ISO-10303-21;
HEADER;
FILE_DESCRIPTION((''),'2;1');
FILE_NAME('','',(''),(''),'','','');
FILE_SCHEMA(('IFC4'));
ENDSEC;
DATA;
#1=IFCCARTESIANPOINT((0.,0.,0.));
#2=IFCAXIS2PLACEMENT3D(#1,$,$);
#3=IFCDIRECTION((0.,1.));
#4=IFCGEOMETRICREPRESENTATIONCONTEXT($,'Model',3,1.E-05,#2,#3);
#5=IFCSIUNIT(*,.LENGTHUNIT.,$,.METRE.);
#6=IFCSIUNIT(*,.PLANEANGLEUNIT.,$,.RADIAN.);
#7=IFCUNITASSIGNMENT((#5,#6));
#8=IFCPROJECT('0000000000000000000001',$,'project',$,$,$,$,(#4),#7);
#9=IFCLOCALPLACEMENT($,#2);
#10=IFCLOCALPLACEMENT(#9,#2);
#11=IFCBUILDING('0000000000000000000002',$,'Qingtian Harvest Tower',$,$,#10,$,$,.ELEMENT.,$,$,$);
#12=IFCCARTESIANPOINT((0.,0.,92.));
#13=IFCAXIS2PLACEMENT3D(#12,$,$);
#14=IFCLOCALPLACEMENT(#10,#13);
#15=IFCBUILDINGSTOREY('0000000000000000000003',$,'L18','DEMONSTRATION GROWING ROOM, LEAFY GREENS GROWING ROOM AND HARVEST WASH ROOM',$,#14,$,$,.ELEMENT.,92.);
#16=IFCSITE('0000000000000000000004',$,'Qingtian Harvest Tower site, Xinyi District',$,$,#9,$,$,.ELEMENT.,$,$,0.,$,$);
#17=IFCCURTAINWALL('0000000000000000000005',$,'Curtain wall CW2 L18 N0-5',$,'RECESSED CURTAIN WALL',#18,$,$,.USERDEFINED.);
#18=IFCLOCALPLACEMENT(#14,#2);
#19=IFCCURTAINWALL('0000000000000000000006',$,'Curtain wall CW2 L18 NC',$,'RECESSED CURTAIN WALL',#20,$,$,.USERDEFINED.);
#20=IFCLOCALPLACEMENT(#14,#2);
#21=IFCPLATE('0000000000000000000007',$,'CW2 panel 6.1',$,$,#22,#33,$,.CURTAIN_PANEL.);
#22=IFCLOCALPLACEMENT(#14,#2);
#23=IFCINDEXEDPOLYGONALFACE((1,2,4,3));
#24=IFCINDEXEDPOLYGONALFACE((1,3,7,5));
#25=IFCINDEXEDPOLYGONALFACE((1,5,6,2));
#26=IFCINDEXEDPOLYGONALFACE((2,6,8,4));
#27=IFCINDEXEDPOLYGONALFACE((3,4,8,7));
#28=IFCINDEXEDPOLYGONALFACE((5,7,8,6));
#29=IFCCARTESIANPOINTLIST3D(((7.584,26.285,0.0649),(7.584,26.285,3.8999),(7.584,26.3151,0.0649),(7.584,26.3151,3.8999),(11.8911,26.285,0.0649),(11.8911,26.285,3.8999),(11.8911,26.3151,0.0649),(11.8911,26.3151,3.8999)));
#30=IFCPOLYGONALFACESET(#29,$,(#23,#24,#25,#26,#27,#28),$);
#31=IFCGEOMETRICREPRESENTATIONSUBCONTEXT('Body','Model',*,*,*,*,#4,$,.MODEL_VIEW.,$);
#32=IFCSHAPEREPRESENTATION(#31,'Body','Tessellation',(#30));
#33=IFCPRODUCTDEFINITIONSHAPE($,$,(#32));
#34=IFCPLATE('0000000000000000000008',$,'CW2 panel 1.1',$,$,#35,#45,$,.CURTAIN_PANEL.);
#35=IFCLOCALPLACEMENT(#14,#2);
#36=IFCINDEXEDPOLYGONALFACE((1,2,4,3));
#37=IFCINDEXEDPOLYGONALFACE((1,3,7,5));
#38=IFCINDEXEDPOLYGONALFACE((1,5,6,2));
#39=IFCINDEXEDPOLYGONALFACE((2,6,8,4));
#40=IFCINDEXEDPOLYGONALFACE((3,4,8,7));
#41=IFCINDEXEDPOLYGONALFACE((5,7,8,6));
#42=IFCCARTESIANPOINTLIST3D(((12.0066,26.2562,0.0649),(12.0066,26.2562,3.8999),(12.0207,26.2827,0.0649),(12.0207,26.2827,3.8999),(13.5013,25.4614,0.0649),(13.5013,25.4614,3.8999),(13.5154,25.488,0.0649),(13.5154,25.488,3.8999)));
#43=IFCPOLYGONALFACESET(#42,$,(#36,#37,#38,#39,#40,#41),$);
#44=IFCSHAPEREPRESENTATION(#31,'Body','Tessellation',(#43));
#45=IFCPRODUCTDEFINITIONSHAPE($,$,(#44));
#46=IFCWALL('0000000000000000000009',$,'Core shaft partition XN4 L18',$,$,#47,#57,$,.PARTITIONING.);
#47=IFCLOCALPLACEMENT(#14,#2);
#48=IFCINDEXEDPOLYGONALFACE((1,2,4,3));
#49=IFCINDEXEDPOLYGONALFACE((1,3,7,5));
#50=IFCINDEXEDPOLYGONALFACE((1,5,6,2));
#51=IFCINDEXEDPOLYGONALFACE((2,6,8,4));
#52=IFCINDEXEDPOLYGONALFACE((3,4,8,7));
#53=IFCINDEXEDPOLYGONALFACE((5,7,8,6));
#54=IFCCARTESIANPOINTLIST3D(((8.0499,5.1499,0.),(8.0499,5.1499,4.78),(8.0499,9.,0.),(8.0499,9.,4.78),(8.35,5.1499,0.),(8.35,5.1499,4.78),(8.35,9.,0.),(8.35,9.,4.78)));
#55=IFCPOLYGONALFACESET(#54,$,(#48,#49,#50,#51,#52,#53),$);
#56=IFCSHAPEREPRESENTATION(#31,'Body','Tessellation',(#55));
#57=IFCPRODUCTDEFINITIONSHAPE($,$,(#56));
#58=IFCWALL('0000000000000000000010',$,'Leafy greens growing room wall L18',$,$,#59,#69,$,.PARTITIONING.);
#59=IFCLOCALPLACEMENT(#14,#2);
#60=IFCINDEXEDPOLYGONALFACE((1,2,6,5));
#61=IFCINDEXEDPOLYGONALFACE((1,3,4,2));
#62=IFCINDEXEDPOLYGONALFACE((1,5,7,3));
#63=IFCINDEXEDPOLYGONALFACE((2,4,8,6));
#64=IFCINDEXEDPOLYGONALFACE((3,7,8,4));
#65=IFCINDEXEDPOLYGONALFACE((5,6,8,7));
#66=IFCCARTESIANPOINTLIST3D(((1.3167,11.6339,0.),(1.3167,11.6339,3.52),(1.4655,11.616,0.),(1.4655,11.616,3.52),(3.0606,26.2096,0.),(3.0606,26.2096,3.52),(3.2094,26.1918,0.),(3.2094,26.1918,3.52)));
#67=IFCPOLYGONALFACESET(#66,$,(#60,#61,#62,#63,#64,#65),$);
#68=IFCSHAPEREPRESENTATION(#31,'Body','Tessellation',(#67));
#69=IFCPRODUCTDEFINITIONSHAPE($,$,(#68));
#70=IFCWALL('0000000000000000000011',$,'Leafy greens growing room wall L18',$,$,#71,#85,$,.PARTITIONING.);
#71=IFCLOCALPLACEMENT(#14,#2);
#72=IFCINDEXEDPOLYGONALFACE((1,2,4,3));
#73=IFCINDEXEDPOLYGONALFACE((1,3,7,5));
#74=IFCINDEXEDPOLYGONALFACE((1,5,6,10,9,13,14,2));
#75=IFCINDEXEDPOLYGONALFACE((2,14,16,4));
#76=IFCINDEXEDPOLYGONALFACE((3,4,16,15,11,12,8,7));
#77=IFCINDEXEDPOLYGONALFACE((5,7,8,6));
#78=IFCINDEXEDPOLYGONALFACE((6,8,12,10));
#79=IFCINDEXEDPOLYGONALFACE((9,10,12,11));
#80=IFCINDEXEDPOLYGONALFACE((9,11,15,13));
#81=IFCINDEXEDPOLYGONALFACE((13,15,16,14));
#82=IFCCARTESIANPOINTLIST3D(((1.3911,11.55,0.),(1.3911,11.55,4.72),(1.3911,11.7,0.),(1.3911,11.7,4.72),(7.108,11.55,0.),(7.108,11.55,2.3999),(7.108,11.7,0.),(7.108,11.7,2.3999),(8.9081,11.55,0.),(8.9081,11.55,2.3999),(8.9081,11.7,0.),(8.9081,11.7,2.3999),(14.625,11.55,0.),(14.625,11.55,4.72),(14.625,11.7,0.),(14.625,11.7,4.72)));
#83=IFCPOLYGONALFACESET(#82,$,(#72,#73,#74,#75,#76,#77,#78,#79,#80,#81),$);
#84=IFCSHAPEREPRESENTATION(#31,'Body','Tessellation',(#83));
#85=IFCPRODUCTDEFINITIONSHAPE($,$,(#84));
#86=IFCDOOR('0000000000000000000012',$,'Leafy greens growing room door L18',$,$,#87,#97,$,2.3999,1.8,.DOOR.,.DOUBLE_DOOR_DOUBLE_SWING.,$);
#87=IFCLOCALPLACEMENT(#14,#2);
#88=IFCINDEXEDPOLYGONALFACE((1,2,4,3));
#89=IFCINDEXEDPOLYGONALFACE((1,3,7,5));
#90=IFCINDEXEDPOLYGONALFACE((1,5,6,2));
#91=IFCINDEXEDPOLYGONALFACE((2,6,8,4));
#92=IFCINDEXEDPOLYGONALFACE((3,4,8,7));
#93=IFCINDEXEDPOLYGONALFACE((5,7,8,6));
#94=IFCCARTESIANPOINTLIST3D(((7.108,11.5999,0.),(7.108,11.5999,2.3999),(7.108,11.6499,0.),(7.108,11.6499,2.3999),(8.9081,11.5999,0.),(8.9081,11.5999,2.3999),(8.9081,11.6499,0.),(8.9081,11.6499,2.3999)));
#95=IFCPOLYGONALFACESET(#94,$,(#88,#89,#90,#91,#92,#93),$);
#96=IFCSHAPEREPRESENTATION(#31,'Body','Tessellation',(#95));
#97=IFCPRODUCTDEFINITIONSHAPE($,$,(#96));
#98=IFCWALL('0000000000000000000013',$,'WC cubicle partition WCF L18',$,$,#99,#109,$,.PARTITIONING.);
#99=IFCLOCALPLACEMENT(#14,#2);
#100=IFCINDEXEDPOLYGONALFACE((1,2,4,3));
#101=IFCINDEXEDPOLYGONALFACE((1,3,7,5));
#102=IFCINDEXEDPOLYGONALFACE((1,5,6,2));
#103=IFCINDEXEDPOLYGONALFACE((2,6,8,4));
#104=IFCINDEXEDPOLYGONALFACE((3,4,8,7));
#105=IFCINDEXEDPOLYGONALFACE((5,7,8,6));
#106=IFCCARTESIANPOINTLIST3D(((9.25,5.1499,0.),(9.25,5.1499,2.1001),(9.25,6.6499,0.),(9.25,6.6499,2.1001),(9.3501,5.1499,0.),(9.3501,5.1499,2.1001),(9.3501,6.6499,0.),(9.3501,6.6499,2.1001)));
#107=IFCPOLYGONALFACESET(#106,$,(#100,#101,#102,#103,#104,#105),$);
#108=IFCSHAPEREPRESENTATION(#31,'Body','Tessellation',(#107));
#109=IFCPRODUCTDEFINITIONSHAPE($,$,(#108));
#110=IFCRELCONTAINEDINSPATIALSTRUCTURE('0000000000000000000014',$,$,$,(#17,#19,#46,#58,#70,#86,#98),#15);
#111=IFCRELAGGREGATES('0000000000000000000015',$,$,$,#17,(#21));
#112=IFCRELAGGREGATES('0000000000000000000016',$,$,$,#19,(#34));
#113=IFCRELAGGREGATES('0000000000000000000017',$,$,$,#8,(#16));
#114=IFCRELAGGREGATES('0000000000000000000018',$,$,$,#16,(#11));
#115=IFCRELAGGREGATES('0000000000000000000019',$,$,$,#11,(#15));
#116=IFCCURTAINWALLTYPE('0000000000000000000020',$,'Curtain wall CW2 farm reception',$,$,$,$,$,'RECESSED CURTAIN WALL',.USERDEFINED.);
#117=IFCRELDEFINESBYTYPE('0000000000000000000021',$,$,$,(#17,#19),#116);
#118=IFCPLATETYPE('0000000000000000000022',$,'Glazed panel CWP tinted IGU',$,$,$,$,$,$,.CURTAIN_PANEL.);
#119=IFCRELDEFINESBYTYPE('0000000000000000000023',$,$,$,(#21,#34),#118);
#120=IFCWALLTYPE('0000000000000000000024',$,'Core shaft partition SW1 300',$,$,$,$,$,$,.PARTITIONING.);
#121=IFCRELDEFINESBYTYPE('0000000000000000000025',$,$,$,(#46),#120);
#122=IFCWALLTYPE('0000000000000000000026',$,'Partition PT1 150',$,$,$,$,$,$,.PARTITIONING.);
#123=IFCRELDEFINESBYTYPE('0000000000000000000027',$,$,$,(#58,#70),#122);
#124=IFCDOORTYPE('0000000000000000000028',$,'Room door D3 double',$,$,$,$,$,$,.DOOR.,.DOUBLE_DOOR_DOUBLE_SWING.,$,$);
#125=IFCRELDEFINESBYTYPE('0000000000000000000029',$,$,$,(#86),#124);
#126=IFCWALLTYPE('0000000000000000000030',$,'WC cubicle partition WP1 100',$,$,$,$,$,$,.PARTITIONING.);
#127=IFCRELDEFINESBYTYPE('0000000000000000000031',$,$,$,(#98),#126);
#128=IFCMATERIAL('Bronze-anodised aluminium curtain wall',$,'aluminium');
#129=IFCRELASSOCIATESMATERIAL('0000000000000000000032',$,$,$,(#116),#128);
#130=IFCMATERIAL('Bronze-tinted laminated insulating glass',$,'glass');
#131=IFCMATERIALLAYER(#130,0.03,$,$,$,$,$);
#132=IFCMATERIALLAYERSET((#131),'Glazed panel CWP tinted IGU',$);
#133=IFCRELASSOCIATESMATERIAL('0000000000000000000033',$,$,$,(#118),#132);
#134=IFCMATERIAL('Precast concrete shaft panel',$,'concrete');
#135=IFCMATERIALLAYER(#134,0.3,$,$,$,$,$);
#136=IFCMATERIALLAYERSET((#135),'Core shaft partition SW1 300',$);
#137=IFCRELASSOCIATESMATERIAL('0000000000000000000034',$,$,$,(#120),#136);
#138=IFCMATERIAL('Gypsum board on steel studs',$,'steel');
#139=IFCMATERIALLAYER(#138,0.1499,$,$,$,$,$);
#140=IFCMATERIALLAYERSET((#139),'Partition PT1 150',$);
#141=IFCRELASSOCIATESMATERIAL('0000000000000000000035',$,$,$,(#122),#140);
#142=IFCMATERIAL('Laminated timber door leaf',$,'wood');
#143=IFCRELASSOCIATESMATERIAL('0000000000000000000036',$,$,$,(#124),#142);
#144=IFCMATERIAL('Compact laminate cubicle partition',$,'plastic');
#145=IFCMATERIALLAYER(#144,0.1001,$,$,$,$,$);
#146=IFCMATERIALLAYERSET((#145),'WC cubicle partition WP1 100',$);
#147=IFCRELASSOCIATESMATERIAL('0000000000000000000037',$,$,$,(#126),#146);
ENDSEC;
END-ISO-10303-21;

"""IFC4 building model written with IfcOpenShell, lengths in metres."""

from ifc_helpers import new_model, si_unit, direction, frame, frame_2d, origin, origin_2d, place, context, subcontext, project, spatial, rectangle, extrude, material, layer, layer_set, type_object, element, fill, aggregate, save


model = new_model("IFC4")

# Units and contexts
model_context = context("Model", 3, precision=1e-05, world=origin(), true_north=direction((0.0, 1.0)))
body_context = subcontext(model_context, "Body", "Model", "MODEL_VIEW")
ifc_project = project(units=[si_unit("LENGTHUNIT", "METRE"), si_unit("PLANEANGLEUNIT", "RADIAN")], contexts=[model_context])

# Site, building, storey
site_placement = place(None, origin())
site = spatial("IfcSite", under=ifc_project, at=site_placement, Name="Qingtian Harvest Tower site, Xinyi District", CompositionType="ELEMENT", RefElevation=0.0)
building_placement = place(site_placement, origin())
building = spatial("IfcBuilding", under=site, at=building_placement, Name="Qingtian Harvest Tower", CompositionType="ELEMENT")
storey_placement = place(building_placement, frame((0.0, 0.0, 92.0)))
storey = spatial("IfcBuildingStorey", under=building, at=storey_placement, Name="L18", Description="DEMONSTRATION GROWING ROOM, LEAFY GREENS GROWING ROOM AND HARVEST WASH ROOM", CompositionType="ELEMENT", Elevation=92.0)

# Curtain walls
ifc_material_1 = material(Name="Bronze-anodised aluminium curtain wall", Category="aluminium")
curtain_wall_type = type_object("IfcCurtainWallType", Name="Curtain wall CW2 farm reception", ElementType="RECESSED CURTAIN WALL", PredefinedType="USERDEFINED", material=ifc_material_1)
curtain_wall_1_placement = place(storey_placement, origin())
curtain_wall_1 = element("IfcCurtainWall", 1, at=curtain_wall_1_placement, inside=storey, type_object=curtain_wall_type, Name="Curtain wall CW2 L18 N0-5", ObjectType="RECESSED CURTAIN WALL", PredefinedType="USERDEFINED")
curtain_wall_2_placement = place(storey_placement, origin())
curtain_wall_2 = element("IfcCurtainWall", 2, at=curtain_wall_2_placement, inside=storey, type_object=curtain_wall_type, Name="Curtain wall CW2 L18 NC", ObjectType="RECESSED CURTAIN WALL", PredefinedType="USERDEFINED")

# Plates
ifc_material_2 = material(Name="Bronze-tinted laminated insulating glass", Category="glass")
ifc_layer_1 = layer(ifc_material_2, 0.03)
ifc_layer_set_1 = layer_set([ifc_layer_1], Name="Glazed panel CWP tinted IGU")
plate_type = type_object("IfcPlateType", Name="Glazed panel CWP tinted IGU", PredefinedType="CURTAIN_PANEL", material=ifc_layer_set_1)
plate_1_placement = place(storey_placement, frame((9.7375, 26.3, 0.0649), z_axis=(0.0, 0.0, 1.0), x_axis=(1.0, 0.0, 0.0)))
plate_1 = element("IfcPlate", 3, at=plate_1_placement, type_object=plate_type, Name="CW2 panel 6.1", PredefinedType="CURTAIN_PANEL", context=body_context, shape_type="SweptSolid", body=[
    extrude(rectangle(XDim=4.3071, YDim=0.03, at=origin_2d()), origin(), (0.0, 0.0, 1.0), 3.835),
])
aggregate(curtain_wall_1, [plate_1])
plate_2_placement = place(storey_placement, frame((12.761, 25.8721, 0.0649), z_axis=(0.0, 0.0, 1.0), x_axis=(0.882948, -0.469472, 0.0)))
plate_2 = element("IfcPlate", 4, at=plate_2_placement, type_object=plate_type, Name="CW2 panel 1.1", PredefinedType="CURTAIN_PANEL", context=body_context, shape_type="SweptSolid", body=[
    extrude(rectangle(XDim=1.6929, YDim=0.03, at=origin_2d()), origin(), (0.0, 0.0, 1.0), 3.835),
])
aggregate(curtain_wall_2, [plate_2])

# Walls
ifc_material_3 = material(Name="Precast concrete shaft panel", Category="concrete")
ifc_layer_2 = layer(ifc_material_3, 0.3)
ifc_layer_set_2 = layer_set([ifc_layer_2], Name="Core shaft partition SW1 300")
wall_type_1 = type_object("IfcWallType", Name="Core shaft partition SW1 300", PredefinedType="PARTITIONING", material=ifc_layer_set_2)
wall_1_placement = place(storey_placement, frame((8.2, 5.1499, 0.0), z_axis=(0.0, 0.0, 1.0), x_axis=(0.0, 1.0, 0.0)))
element("IfcWall", 5, at=wall_1_placement, inside=storey, type_object=wall_type_1, Name="Core shaft partition XN4 L18", PredefinedType="PARTITIONING", context=body_context, shape_type="SweptSolid", body=[
    extrude(rectangle(XDim=3.8501, YDim=0.3, at=frame_2d((1.925, 0.0))), origin(), (0.0, 0.0, 1.0), 4.78),
])
ifc_material_4 = material(Name="Gypsum board on steel studs", Category="steel")
ifc_layer_3 = layer(ifc_material_4, 0.1499)
ifc_layer_set_3 = layer_set([ifc_layer_3], Name="Partition PT1 150")
wall_type_2 = type_object("IfcWallType", Name="Partition PT1 150", PredefinedType="PARTITIONING", material=ifc_layer_set_3)
wall_2_placement = place(storey_placement, frame((3.135, 26.2007, 0.0), z_axis=(0.0, 0.0, 1.0), x_axis=(-0.118797, -0.992919, 0.0)))
element("IfcWall", 6, at=wall_2_placement, inside=storey, type_object=wall_type_2, Name="Leafy greens growing room wall L18", PredefinedType="PARTITIONING", context=body_context, shape_type="SweptSolid", body=[
    extrude(rectangle(XDim=14.6797, YDim=0.1499, at=frame_2d((7.3398, 0.0))), origin(), (0.0, 0.0, 1.0), 3.52),
])

# Wall, opening, door
wall_3_placement = place(storey_placement, frame((1.3911, 11.625, 0.0), z_axis=(0.0, 0.0, 1.0), x_axis=(1.0, 0.0, 0.0)))
wall_3 = element("IfcWall", 7, at=wall_3_placement, inside=storey, type_object=wall_type_2, Name="Leafy greens growing room wall L18", PredefinedType="PARTITIONING", context=body_context, shape_type="SweptSolid", body=[
    extrude(rectangle(XDim=13.2339, YDim=0.1499, at=frame_2d((6.6169, 0.0))), origin(), (0.0, 0.0, 1.0), 4.72),
])
opening_placement = place(wall_3_placement, frame((5.717, 0.0, 0.0)))
opening = element("IfcOpeningElement", 8, at=opening_placement, cuts=wall_3, PredefinedType="OPENING", context=body_context, shape_type="SweptSolid", body=[
    extrude(rectangle(XDim=1.8, YDim=2.3999, at=frame_2d((0.8999, 1.2))), frame((0.0, 0.085, 0.0), z_axis=(0.0, -1.0, 0.0), x_axis=(1.0, 0.0, 0.0)), (0.0, 0.0, 1.0), 0.1699),
])
ifc_material_5 = material(Name="Laminated timber door leaf", Category="wood")
door_type = type_object("IfcDoorType", Name="Room door D3 double", OperationType="DOUBLE_DOOR_DOUBLE_SWING", PredefinedType="DOOR", material=ifc_material_5)
door_placement = place(opening_placement, origin())
door = element("IfcDoor", 9, at=door_placement, inside=storey, type_object=door_type, Name="Leafy greens growing room door L18", OperationType="DOUBLE_DOOR_DOUBLE_SWING", OverallHeight=2.3999, OverallWidth=1.8, PredefinedType="DOOR", context=body_context, shape_type="SweptSolid", body=[
    extrude(rectangle(XDim=1.8, YDim=2.3999, at=frame_2d((0.8999, 1.2))), frame((0.0, 0.0249, 0.0), z_axis=(0.0, -1.0, 0.0), x_axis=(1.0, 0.0, 0.0)), (0.0, 0.0, 1.0), 0.05),
])
fill(opening, door)

# Wall
ifc_material_6 = material(Name="Compact laminate cubicle partition", Category="plastic")
ifc_layer_4 = layer(ifc_material_6, 0.1001)
ifc_layer_set_4 = layer_set([ifc_layer_4], Name="WC cubicle partition WP1 100")
wall_type_3 = type_object("IfcWallType", Name="WC cubicle partition WP1 100", PredefinedType="PARTITIONING", material=ifc_layer_set_4)
wall_4_placement = place(storey_placement, frame((9.3, 5.1499, 0.0), z_axis=(0.0, 0.0, 1.0), x_axis=(0.0, 1.0, 0.0)))
element("IfcWall", 10, at=wall_4_placement, inside=storey, type_object=wall_type_3, Name="WC cubicle partition WCF L18", PredefinedType="PARTITIONING", context=body_context, shape_type="SweptSolid", body=[
    extrude(rectangle(XDim=1.5, YDim=0.1001, at=frame_2d((0.75, 0.0))), origin(), (0.0, 0.0, 1.0), 2.1001),
])

save(model, "model.ifc")
